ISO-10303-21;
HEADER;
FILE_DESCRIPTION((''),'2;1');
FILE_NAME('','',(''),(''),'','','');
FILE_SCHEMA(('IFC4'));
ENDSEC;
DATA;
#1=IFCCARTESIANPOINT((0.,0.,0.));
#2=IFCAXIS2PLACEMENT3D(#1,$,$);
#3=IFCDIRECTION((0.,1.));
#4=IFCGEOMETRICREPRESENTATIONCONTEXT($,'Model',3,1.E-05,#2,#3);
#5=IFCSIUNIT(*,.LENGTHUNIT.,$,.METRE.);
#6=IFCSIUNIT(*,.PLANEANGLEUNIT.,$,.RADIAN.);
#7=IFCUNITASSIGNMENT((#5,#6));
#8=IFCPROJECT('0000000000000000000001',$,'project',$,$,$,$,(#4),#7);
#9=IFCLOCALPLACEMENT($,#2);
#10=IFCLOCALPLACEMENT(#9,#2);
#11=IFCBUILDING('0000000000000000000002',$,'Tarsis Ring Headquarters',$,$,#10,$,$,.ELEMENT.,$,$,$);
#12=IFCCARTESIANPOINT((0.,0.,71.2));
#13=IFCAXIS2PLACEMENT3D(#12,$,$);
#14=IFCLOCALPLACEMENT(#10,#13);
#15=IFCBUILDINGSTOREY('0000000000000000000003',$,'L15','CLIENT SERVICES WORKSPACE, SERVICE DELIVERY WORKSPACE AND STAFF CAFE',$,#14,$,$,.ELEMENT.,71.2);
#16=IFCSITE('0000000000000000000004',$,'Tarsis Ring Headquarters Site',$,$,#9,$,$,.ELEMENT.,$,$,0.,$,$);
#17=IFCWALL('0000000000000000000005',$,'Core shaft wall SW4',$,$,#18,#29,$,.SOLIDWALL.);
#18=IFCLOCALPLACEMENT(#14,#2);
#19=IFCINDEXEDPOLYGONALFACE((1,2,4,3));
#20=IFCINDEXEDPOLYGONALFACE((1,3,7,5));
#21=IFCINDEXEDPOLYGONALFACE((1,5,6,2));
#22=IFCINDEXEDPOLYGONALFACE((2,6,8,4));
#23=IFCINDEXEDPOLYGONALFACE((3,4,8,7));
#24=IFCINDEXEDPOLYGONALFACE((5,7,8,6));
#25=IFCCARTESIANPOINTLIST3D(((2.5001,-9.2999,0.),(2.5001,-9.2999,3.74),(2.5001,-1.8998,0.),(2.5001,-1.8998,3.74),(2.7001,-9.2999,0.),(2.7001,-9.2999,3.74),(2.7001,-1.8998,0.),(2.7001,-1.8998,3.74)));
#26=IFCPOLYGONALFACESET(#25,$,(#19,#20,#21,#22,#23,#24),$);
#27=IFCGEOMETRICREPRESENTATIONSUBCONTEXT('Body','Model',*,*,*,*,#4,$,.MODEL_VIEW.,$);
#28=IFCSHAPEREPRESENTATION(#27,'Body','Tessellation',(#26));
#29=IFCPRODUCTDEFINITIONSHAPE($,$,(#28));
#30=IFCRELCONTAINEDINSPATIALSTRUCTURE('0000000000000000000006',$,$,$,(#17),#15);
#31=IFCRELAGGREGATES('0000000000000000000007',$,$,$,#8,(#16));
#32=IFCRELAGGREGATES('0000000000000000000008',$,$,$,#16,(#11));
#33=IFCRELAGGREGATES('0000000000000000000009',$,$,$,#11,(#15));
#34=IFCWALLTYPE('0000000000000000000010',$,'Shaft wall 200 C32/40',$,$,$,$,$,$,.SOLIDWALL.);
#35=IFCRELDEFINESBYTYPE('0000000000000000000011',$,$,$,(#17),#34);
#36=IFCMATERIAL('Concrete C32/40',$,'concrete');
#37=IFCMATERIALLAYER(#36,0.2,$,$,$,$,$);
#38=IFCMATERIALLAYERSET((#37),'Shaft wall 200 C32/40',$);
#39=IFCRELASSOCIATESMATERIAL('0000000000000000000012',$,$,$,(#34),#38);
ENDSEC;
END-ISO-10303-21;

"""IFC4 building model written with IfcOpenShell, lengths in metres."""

from ifc_helpers import new_model, si_unit, direction, frame, frame_2d, origin, place, context, subcontext, project, spatial, rectangle, extrude, material, layer, layer_set, type_object, element, save


model = new_model("IFC4")

# Units and contexts
model_context = context("Model", 3, precision=1e-05, world=origin(), true_north=direction((0.0, 1.0)))
body_context = subcontext(model_context, "Body", "Model", "MODEL_VIEW")
ifc_project = project(units=[si_unit("LENGTHUNIT", "METRE"), si_unit("PLANEANGLEUNIT", "RADIAN")], contexts=[model_context])

# Site, building, storey
site_placement = place(None, origin())
site = spatial("IfcSite", under=ifc_project, at=site_placement, Name="Tarsis Ring Headquarters Site", CompositionType="ELEMENT", RefElevation=0.0)
building_placement = place(site_placement, origin())
building = spatial("IfcBuilding", under=site, at=building_placement, Name="Tarsis Ring Headquarters", CompositionType="ELEMENT")
storey_placement = place(building_placement, frame((0.0, 0.0, 71.2)))
storey = spatial("IfcBuildingStorey", under=building, at=storey_placement, Name="L15", Description="CLIENT SERVICES WORKSPACE, SERVICE DELIVERY WORKSPACE AND STAFF CAFE", CompositionType="ELEMENT", Elevation=71.2)

# Wall
ifc_material_1 = material(Name="Concrete C32/40", Category="concrete")
ifc_layer_1 = layer(ifc_material_1, 0.2)
ifc_layer_set_1 = layer_set([ifc_layer_1], Name="Shaft wall 200 C32/40")
wall_type_1 = type_object("IfcWallType", Name="Shaft wall 200 C32/40", PredefinedType="SOLIDWALL", material=ifc_layer_set_1)
wall_1_placement = place(storey_placement, frame((2.6001, -9.3, 0.0), z_axis=(0.0, 0.0, 1.0), x_axis=(0.0, 1.0, 0.0)))
element("IfcWall", 1, at=wall_1_placement, inside=storey, type_object=wall_type_1, Name="Core shaft wall SW4", PredefinedType="SOLIDWALL", context=body_context, shape_type="SweptSolid", body=[
    extrude(rectangle(XDim=7.4001, YDim=0.2, at=frame_2d((3.7002, 0.0))), origin(), (0.0, 0.0, 1.0), 3.74),
])

save(model, "model.ifc")
